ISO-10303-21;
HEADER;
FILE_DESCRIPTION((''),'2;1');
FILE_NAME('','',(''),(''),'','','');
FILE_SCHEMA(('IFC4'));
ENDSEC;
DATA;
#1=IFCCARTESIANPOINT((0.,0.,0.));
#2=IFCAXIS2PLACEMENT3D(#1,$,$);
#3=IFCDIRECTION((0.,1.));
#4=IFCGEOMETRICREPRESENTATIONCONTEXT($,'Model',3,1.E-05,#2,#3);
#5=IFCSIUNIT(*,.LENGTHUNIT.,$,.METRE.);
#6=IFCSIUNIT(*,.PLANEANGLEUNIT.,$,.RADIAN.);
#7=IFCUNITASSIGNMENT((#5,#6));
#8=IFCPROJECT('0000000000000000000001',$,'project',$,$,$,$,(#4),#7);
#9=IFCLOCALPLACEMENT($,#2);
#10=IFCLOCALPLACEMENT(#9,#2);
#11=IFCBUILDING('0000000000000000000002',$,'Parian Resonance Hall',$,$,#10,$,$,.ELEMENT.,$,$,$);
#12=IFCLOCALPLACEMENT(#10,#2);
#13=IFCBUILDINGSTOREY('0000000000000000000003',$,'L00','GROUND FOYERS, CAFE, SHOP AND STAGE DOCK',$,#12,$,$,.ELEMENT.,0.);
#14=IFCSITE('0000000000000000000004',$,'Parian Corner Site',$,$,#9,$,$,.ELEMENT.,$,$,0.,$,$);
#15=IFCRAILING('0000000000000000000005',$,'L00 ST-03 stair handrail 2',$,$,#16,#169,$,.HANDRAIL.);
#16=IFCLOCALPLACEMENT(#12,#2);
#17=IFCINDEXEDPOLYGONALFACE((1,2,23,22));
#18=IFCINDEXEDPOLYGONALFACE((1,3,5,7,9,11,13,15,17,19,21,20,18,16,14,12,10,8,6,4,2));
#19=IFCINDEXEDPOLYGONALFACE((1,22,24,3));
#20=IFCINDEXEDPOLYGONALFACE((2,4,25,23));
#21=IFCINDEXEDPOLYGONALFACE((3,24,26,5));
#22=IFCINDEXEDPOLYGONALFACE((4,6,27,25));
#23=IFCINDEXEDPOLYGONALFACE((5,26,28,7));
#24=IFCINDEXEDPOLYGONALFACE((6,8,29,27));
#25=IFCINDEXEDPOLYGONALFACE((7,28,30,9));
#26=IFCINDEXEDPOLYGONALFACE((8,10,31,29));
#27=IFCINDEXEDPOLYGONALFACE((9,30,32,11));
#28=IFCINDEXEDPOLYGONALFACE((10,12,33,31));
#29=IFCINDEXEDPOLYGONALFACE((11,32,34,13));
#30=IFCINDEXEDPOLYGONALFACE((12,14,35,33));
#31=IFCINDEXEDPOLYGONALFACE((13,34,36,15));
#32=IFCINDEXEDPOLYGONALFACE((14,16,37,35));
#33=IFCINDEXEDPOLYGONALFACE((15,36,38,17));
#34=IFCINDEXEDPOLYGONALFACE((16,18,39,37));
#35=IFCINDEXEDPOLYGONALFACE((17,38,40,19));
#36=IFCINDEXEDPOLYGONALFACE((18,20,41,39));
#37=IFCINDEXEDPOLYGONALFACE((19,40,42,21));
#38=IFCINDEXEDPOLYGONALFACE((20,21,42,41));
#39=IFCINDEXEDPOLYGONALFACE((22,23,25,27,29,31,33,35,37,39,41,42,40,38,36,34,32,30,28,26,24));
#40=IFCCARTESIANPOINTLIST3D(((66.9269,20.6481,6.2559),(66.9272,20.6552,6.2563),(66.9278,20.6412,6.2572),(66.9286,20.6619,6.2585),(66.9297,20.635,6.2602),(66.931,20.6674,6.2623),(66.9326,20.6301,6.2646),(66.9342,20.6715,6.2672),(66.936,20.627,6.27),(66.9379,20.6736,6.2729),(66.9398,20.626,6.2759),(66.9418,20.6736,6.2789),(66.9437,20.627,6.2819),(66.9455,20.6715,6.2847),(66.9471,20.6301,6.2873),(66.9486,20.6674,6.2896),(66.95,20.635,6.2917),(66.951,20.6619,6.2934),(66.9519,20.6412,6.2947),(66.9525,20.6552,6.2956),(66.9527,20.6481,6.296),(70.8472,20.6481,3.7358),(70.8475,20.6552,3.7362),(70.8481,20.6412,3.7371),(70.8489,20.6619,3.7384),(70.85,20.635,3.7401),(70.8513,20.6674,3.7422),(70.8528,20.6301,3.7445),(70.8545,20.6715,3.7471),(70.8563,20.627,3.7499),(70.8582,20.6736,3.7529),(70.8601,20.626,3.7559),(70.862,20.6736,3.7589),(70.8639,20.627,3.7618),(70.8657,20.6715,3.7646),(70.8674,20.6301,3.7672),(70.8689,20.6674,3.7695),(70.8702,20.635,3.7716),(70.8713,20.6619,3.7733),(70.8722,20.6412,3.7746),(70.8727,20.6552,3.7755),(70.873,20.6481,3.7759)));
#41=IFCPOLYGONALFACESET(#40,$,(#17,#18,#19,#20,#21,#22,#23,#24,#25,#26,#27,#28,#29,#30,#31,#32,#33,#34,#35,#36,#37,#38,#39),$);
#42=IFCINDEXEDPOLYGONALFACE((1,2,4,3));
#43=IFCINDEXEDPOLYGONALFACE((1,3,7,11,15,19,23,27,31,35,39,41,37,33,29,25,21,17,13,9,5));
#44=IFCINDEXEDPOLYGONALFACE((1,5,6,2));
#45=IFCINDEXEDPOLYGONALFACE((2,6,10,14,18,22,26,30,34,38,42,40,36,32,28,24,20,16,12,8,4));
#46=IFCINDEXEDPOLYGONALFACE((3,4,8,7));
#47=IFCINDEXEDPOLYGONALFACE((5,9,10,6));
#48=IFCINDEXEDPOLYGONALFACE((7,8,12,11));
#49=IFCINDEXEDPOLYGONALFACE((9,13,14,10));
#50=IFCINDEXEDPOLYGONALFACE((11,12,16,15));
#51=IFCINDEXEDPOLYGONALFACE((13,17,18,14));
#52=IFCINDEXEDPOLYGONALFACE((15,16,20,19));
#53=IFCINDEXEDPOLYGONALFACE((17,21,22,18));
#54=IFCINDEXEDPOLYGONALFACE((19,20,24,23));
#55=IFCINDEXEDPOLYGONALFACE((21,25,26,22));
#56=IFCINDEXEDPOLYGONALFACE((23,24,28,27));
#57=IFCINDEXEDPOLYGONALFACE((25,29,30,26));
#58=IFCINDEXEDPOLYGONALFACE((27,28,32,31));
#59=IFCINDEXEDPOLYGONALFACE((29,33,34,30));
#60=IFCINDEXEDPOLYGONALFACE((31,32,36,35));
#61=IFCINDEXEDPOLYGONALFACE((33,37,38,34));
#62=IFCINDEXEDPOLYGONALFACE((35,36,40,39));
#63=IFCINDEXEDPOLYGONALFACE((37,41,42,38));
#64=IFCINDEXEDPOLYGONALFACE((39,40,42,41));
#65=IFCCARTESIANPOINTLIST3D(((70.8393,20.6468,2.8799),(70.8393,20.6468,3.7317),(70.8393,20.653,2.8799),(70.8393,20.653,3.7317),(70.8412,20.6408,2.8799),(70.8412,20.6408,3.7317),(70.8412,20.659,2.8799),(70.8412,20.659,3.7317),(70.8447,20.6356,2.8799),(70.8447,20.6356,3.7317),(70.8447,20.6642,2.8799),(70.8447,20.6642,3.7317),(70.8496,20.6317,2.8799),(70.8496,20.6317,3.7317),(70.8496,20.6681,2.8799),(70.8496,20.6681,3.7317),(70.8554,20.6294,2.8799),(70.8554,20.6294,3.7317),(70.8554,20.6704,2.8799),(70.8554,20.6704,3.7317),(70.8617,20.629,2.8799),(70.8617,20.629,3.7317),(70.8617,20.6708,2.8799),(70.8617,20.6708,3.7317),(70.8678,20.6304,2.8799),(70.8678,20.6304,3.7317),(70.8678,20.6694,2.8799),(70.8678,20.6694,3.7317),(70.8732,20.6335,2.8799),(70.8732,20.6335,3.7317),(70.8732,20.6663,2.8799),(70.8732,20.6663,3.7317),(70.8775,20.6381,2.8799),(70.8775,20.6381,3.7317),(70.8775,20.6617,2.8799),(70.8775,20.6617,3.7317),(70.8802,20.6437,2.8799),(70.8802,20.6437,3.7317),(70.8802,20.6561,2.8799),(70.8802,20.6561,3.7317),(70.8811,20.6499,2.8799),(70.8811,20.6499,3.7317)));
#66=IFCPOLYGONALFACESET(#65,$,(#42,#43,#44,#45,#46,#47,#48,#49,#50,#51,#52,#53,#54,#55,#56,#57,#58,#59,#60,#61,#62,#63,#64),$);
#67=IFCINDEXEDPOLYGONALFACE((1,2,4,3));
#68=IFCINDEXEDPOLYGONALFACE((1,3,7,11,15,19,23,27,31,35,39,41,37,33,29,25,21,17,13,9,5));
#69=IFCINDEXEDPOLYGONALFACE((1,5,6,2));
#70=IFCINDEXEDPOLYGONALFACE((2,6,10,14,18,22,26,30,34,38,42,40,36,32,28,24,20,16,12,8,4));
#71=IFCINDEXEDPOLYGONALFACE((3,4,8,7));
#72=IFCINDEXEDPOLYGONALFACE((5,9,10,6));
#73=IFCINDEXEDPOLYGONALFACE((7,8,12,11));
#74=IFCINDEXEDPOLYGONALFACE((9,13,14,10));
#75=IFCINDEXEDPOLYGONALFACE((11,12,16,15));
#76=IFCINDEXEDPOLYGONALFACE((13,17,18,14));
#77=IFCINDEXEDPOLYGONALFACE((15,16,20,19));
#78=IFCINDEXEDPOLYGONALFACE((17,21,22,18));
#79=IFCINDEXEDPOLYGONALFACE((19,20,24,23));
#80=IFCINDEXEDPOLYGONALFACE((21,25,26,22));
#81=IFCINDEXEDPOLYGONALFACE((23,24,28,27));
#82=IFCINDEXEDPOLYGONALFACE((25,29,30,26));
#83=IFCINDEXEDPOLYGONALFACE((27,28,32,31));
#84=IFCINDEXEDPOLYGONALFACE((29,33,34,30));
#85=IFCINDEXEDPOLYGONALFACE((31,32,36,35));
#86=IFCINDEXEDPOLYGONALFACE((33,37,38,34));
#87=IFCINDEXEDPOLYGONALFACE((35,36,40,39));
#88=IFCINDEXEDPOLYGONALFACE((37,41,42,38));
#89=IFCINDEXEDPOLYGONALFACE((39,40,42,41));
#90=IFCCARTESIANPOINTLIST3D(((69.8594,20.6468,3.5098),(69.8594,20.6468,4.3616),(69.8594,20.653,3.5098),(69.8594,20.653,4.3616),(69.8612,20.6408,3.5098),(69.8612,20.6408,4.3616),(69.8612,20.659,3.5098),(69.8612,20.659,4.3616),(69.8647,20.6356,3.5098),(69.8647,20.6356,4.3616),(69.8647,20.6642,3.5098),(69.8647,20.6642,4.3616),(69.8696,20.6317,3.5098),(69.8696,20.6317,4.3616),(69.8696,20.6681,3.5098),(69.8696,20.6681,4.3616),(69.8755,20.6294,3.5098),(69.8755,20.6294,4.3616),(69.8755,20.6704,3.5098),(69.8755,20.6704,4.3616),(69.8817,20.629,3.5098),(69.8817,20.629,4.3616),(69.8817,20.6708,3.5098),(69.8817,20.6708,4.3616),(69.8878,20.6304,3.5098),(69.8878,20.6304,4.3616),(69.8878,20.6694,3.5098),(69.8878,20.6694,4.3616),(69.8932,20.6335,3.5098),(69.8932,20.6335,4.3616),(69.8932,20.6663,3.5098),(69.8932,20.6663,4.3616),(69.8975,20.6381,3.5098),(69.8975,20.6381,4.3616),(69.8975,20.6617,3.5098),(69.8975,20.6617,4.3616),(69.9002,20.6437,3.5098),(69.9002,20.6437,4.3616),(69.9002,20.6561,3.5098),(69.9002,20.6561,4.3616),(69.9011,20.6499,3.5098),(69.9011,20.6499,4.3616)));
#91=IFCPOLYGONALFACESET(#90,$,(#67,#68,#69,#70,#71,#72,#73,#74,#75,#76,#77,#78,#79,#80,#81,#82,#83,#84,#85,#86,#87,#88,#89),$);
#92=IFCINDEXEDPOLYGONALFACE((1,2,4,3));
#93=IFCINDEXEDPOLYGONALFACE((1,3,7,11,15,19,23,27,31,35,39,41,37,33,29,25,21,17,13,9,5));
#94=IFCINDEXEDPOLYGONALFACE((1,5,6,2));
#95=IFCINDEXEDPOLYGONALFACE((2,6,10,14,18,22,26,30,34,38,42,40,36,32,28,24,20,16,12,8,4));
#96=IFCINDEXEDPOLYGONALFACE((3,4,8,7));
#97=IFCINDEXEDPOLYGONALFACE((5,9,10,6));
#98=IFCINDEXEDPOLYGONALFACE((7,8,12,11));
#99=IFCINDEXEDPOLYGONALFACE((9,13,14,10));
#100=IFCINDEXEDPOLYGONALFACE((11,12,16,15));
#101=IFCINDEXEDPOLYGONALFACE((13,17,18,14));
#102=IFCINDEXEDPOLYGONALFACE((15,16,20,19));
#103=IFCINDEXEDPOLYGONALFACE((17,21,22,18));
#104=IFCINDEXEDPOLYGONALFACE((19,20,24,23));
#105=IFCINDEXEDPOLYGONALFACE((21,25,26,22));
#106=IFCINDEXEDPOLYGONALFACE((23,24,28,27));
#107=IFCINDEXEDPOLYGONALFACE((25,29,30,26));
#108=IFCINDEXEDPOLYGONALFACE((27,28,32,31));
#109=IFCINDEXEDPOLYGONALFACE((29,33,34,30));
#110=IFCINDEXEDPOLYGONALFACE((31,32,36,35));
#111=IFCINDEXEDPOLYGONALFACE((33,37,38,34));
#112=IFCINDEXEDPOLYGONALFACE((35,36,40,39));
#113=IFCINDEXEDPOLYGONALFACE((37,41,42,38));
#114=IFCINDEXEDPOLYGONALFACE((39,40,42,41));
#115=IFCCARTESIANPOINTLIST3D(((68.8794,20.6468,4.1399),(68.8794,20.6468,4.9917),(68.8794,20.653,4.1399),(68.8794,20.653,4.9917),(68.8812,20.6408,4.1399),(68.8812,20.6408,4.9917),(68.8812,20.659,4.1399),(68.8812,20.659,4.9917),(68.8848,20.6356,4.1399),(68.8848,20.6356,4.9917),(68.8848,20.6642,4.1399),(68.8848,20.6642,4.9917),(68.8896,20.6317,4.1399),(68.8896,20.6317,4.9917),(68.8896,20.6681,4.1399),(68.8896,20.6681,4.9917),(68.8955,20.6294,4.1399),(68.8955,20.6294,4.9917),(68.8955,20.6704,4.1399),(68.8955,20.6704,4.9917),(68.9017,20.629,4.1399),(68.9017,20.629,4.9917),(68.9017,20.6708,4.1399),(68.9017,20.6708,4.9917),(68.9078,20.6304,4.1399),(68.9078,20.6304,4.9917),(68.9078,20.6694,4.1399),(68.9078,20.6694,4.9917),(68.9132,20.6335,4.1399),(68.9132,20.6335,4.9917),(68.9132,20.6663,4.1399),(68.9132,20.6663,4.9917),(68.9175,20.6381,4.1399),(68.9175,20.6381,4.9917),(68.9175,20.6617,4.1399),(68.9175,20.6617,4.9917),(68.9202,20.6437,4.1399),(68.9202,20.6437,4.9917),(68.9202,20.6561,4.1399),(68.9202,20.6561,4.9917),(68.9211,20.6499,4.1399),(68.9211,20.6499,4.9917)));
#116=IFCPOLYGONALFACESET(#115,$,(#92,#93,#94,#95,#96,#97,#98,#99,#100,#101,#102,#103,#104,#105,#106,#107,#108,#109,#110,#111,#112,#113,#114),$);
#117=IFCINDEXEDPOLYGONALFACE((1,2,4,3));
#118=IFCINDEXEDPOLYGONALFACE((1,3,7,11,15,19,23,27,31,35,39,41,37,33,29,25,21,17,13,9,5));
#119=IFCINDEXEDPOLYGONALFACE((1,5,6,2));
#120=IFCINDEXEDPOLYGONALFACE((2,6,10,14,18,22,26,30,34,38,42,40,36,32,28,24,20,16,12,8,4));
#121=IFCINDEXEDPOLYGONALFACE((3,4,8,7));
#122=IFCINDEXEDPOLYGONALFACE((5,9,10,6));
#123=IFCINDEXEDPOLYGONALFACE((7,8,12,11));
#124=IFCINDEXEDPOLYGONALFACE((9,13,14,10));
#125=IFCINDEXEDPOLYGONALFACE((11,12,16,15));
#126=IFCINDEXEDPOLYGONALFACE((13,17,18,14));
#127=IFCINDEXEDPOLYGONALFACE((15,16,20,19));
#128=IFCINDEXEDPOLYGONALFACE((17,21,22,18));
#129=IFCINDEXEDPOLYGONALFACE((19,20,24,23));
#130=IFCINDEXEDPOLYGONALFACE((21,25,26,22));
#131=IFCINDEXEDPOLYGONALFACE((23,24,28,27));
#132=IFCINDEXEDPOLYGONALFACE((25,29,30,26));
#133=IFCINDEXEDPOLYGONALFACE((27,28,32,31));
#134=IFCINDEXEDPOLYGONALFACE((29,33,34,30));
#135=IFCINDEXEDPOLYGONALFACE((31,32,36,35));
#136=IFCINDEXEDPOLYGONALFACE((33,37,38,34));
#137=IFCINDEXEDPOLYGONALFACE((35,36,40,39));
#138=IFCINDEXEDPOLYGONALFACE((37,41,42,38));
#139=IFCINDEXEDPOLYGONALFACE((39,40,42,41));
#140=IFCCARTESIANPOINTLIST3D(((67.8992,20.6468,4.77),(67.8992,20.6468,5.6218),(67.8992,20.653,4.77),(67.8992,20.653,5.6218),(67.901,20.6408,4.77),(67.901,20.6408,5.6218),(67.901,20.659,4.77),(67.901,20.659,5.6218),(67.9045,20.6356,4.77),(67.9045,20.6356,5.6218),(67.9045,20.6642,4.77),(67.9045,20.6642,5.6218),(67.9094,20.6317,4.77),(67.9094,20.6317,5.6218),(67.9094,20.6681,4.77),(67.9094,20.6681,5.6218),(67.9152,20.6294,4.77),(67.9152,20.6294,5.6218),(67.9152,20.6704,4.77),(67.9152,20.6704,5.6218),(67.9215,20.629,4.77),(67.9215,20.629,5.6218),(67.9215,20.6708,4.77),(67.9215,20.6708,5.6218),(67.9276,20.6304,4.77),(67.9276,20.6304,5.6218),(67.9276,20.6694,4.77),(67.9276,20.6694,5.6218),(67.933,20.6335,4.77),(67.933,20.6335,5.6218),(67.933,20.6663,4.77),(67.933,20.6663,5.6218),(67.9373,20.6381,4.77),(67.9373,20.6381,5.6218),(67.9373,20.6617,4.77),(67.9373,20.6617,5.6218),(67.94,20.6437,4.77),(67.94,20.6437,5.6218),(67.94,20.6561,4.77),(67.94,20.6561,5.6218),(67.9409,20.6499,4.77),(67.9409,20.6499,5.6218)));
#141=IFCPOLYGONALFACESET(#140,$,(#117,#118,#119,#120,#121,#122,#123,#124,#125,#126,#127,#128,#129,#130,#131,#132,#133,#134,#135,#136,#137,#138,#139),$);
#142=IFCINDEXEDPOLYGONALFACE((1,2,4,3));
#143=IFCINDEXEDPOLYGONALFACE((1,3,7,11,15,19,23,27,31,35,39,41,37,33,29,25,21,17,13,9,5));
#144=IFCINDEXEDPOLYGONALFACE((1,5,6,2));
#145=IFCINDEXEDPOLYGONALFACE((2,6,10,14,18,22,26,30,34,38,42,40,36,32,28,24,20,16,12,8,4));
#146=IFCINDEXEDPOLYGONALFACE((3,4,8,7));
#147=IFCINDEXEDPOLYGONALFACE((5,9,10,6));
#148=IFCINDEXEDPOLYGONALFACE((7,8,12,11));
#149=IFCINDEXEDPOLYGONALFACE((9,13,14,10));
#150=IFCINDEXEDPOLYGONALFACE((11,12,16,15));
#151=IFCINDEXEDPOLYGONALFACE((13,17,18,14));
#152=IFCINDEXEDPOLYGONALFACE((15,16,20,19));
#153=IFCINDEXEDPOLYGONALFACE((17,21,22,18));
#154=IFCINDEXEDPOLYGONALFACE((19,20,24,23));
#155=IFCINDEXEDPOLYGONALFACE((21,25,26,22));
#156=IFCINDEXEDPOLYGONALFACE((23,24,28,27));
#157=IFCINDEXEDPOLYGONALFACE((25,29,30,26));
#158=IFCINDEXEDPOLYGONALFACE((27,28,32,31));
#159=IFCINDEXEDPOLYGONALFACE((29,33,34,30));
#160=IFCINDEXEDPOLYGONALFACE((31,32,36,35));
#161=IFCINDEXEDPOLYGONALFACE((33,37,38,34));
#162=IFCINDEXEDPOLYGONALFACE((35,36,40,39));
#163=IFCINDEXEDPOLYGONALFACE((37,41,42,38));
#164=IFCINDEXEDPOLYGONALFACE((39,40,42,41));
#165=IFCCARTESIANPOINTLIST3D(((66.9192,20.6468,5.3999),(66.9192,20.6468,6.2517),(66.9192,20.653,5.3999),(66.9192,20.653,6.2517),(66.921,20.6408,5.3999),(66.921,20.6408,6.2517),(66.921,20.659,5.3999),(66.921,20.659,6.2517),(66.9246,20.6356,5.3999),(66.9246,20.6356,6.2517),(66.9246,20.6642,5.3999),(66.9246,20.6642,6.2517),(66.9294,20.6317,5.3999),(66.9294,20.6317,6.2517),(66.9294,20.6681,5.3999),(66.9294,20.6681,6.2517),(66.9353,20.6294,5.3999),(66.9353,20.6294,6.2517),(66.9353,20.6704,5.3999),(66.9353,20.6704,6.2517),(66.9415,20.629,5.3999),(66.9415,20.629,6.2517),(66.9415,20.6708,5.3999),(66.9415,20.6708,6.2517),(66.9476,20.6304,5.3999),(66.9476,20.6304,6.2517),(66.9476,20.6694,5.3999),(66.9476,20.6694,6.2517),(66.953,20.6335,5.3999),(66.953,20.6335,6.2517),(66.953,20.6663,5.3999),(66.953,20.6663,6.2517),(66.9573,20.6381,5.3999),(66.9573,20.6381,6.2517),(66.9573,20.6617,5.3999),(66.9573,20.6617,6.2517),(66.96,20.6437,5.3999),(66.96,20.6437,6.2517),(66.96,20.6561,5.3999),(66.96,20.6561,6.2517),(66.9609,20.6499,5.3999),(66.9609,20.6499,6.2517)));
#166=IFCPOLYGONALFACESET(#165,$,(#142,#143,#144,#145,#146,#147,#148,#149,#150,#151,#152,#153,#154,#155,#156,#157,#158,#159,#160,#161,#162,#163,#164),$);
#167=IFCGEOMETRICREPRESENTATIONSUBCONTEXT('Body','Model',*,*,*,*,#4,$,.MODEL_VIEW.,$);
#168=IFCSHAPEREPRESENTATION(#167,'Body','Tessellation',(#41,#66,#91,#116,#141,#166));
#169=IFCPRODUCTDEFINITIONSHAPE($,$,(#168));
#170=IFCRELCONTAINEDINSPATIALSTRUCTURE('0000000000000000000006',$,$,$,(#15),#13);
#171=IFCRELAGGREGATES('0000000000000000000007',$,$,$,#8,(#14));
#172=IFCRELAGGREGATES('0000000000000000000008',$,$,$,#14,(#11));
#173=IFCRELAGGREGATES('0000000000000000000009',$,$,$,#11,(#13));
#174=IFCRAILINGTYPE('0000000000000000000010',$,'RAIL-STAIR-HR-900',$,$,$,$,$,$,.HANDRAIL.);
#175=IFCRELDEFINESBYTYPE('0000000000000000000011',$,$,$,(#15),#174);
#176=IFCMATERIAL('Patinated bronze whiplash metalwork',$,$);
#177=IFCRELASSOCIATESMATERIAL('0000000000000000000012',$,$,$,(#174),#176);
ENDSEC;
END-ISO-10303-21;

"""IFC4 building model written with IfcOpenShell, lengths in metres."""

from ifc_helpers import new_model, si_unit, direction, frame, origin, origin_2d, place, context, subcontext, project, spatial, circle, extrude, material, type_object, element, save


model = new_model("IFC4")

# Units and contexts
model_context = context("Model", 3, precision=1e-05, world=origin(), true_north=direction((0.0, 1.0)))
body_context = subcontext(model_context, "Body", "Model", "MODEL_VIEW")
ifc_project = project(units=[si_unit("LENGTHUNIT", "METRE"), si_unit("PLANEANGLEUNIT", "RADIAN")], contexts=[model_context])

# Site, building, storey
site_placement = place(None, origin())
site = spatial("IfcSite", under=ifc_project, at=site_placement, Name="Parian Corner Site", CompositionType="ELEMENT", RefElevation=0.0)
building_placement = place(site_placement, origin())
building = spatial("IfcBuilding", under=site, at=building_placement, Name="Parian Resonance Hall", CompositionType="ELEMENT")
storey_placement = place(building_placement, origin())
storey = spatial("IfcBuildingStorey", under=building, at=storey_placement, Name="L00", Description="GROUND FOYERS, CAFE, SHOP AND STAGE DOCK", CompositionType="ELEMENT", Elevation=0.0)

# Railing
ifc_material_1 = material(Name="Patinated bronze whiplash metalwork")
railing_type_1 = type_object("IfcRailingType", Name="RAIL-STAIR-HR-900", PredefinedType="HANDRAIL", material=ifc_material_1)
railing_1_placement = place(storey_placement, frame((70.8601, 20.6499, 2.8799)))
element("IfcRailing", 1, at=railing_1_placement, inside=storey, type_object=railing_type_1, Name="L00 ST-03 stair handrail 2", PredefinedType="HANDRAIL", context=body_context, shape_type="SweptSolid", body=[
    extrude(circle(Radius=0.0239, at=origin_2d()), frame((0.0, 0.0, 0.876), z_axis=(-0.841187, 0.0, 0.540744), x_axis=(0.0, -1.0, 0.0)), (0.0, 0.0, 1.0), 4.6604),
    extrude(circle(Radius=0.021, at=origin_2d()), origin(), (0.0, 0.0, 1.0), 0.8518),
    extrude(circle(Radius=0.021, at=origin_2d()), frame((-0.98, 0.0, 0.6299)), (0.0, 0.0, 1.0), 0.8518),
    extrude(circle(Radius=0.021, at=origin_2d()), frame((-1.96, 0.0, 1.26)), (0.0, 0.0, 1.0), 0.8518),
    extrude(circle(Radius=0.021, at=origin_2d()), frame((-2.9402, 0.0, 1.8901)), (0.0, 0.0, 1.0), 0.8518),
    extrude(circle(Radius=0.021, at=origin_2d()), frame((-3.9202, 0.0, 2.52)), (0.0, 0.0, 1.0), 0.8518),
])

save(model, "model.ifc")
